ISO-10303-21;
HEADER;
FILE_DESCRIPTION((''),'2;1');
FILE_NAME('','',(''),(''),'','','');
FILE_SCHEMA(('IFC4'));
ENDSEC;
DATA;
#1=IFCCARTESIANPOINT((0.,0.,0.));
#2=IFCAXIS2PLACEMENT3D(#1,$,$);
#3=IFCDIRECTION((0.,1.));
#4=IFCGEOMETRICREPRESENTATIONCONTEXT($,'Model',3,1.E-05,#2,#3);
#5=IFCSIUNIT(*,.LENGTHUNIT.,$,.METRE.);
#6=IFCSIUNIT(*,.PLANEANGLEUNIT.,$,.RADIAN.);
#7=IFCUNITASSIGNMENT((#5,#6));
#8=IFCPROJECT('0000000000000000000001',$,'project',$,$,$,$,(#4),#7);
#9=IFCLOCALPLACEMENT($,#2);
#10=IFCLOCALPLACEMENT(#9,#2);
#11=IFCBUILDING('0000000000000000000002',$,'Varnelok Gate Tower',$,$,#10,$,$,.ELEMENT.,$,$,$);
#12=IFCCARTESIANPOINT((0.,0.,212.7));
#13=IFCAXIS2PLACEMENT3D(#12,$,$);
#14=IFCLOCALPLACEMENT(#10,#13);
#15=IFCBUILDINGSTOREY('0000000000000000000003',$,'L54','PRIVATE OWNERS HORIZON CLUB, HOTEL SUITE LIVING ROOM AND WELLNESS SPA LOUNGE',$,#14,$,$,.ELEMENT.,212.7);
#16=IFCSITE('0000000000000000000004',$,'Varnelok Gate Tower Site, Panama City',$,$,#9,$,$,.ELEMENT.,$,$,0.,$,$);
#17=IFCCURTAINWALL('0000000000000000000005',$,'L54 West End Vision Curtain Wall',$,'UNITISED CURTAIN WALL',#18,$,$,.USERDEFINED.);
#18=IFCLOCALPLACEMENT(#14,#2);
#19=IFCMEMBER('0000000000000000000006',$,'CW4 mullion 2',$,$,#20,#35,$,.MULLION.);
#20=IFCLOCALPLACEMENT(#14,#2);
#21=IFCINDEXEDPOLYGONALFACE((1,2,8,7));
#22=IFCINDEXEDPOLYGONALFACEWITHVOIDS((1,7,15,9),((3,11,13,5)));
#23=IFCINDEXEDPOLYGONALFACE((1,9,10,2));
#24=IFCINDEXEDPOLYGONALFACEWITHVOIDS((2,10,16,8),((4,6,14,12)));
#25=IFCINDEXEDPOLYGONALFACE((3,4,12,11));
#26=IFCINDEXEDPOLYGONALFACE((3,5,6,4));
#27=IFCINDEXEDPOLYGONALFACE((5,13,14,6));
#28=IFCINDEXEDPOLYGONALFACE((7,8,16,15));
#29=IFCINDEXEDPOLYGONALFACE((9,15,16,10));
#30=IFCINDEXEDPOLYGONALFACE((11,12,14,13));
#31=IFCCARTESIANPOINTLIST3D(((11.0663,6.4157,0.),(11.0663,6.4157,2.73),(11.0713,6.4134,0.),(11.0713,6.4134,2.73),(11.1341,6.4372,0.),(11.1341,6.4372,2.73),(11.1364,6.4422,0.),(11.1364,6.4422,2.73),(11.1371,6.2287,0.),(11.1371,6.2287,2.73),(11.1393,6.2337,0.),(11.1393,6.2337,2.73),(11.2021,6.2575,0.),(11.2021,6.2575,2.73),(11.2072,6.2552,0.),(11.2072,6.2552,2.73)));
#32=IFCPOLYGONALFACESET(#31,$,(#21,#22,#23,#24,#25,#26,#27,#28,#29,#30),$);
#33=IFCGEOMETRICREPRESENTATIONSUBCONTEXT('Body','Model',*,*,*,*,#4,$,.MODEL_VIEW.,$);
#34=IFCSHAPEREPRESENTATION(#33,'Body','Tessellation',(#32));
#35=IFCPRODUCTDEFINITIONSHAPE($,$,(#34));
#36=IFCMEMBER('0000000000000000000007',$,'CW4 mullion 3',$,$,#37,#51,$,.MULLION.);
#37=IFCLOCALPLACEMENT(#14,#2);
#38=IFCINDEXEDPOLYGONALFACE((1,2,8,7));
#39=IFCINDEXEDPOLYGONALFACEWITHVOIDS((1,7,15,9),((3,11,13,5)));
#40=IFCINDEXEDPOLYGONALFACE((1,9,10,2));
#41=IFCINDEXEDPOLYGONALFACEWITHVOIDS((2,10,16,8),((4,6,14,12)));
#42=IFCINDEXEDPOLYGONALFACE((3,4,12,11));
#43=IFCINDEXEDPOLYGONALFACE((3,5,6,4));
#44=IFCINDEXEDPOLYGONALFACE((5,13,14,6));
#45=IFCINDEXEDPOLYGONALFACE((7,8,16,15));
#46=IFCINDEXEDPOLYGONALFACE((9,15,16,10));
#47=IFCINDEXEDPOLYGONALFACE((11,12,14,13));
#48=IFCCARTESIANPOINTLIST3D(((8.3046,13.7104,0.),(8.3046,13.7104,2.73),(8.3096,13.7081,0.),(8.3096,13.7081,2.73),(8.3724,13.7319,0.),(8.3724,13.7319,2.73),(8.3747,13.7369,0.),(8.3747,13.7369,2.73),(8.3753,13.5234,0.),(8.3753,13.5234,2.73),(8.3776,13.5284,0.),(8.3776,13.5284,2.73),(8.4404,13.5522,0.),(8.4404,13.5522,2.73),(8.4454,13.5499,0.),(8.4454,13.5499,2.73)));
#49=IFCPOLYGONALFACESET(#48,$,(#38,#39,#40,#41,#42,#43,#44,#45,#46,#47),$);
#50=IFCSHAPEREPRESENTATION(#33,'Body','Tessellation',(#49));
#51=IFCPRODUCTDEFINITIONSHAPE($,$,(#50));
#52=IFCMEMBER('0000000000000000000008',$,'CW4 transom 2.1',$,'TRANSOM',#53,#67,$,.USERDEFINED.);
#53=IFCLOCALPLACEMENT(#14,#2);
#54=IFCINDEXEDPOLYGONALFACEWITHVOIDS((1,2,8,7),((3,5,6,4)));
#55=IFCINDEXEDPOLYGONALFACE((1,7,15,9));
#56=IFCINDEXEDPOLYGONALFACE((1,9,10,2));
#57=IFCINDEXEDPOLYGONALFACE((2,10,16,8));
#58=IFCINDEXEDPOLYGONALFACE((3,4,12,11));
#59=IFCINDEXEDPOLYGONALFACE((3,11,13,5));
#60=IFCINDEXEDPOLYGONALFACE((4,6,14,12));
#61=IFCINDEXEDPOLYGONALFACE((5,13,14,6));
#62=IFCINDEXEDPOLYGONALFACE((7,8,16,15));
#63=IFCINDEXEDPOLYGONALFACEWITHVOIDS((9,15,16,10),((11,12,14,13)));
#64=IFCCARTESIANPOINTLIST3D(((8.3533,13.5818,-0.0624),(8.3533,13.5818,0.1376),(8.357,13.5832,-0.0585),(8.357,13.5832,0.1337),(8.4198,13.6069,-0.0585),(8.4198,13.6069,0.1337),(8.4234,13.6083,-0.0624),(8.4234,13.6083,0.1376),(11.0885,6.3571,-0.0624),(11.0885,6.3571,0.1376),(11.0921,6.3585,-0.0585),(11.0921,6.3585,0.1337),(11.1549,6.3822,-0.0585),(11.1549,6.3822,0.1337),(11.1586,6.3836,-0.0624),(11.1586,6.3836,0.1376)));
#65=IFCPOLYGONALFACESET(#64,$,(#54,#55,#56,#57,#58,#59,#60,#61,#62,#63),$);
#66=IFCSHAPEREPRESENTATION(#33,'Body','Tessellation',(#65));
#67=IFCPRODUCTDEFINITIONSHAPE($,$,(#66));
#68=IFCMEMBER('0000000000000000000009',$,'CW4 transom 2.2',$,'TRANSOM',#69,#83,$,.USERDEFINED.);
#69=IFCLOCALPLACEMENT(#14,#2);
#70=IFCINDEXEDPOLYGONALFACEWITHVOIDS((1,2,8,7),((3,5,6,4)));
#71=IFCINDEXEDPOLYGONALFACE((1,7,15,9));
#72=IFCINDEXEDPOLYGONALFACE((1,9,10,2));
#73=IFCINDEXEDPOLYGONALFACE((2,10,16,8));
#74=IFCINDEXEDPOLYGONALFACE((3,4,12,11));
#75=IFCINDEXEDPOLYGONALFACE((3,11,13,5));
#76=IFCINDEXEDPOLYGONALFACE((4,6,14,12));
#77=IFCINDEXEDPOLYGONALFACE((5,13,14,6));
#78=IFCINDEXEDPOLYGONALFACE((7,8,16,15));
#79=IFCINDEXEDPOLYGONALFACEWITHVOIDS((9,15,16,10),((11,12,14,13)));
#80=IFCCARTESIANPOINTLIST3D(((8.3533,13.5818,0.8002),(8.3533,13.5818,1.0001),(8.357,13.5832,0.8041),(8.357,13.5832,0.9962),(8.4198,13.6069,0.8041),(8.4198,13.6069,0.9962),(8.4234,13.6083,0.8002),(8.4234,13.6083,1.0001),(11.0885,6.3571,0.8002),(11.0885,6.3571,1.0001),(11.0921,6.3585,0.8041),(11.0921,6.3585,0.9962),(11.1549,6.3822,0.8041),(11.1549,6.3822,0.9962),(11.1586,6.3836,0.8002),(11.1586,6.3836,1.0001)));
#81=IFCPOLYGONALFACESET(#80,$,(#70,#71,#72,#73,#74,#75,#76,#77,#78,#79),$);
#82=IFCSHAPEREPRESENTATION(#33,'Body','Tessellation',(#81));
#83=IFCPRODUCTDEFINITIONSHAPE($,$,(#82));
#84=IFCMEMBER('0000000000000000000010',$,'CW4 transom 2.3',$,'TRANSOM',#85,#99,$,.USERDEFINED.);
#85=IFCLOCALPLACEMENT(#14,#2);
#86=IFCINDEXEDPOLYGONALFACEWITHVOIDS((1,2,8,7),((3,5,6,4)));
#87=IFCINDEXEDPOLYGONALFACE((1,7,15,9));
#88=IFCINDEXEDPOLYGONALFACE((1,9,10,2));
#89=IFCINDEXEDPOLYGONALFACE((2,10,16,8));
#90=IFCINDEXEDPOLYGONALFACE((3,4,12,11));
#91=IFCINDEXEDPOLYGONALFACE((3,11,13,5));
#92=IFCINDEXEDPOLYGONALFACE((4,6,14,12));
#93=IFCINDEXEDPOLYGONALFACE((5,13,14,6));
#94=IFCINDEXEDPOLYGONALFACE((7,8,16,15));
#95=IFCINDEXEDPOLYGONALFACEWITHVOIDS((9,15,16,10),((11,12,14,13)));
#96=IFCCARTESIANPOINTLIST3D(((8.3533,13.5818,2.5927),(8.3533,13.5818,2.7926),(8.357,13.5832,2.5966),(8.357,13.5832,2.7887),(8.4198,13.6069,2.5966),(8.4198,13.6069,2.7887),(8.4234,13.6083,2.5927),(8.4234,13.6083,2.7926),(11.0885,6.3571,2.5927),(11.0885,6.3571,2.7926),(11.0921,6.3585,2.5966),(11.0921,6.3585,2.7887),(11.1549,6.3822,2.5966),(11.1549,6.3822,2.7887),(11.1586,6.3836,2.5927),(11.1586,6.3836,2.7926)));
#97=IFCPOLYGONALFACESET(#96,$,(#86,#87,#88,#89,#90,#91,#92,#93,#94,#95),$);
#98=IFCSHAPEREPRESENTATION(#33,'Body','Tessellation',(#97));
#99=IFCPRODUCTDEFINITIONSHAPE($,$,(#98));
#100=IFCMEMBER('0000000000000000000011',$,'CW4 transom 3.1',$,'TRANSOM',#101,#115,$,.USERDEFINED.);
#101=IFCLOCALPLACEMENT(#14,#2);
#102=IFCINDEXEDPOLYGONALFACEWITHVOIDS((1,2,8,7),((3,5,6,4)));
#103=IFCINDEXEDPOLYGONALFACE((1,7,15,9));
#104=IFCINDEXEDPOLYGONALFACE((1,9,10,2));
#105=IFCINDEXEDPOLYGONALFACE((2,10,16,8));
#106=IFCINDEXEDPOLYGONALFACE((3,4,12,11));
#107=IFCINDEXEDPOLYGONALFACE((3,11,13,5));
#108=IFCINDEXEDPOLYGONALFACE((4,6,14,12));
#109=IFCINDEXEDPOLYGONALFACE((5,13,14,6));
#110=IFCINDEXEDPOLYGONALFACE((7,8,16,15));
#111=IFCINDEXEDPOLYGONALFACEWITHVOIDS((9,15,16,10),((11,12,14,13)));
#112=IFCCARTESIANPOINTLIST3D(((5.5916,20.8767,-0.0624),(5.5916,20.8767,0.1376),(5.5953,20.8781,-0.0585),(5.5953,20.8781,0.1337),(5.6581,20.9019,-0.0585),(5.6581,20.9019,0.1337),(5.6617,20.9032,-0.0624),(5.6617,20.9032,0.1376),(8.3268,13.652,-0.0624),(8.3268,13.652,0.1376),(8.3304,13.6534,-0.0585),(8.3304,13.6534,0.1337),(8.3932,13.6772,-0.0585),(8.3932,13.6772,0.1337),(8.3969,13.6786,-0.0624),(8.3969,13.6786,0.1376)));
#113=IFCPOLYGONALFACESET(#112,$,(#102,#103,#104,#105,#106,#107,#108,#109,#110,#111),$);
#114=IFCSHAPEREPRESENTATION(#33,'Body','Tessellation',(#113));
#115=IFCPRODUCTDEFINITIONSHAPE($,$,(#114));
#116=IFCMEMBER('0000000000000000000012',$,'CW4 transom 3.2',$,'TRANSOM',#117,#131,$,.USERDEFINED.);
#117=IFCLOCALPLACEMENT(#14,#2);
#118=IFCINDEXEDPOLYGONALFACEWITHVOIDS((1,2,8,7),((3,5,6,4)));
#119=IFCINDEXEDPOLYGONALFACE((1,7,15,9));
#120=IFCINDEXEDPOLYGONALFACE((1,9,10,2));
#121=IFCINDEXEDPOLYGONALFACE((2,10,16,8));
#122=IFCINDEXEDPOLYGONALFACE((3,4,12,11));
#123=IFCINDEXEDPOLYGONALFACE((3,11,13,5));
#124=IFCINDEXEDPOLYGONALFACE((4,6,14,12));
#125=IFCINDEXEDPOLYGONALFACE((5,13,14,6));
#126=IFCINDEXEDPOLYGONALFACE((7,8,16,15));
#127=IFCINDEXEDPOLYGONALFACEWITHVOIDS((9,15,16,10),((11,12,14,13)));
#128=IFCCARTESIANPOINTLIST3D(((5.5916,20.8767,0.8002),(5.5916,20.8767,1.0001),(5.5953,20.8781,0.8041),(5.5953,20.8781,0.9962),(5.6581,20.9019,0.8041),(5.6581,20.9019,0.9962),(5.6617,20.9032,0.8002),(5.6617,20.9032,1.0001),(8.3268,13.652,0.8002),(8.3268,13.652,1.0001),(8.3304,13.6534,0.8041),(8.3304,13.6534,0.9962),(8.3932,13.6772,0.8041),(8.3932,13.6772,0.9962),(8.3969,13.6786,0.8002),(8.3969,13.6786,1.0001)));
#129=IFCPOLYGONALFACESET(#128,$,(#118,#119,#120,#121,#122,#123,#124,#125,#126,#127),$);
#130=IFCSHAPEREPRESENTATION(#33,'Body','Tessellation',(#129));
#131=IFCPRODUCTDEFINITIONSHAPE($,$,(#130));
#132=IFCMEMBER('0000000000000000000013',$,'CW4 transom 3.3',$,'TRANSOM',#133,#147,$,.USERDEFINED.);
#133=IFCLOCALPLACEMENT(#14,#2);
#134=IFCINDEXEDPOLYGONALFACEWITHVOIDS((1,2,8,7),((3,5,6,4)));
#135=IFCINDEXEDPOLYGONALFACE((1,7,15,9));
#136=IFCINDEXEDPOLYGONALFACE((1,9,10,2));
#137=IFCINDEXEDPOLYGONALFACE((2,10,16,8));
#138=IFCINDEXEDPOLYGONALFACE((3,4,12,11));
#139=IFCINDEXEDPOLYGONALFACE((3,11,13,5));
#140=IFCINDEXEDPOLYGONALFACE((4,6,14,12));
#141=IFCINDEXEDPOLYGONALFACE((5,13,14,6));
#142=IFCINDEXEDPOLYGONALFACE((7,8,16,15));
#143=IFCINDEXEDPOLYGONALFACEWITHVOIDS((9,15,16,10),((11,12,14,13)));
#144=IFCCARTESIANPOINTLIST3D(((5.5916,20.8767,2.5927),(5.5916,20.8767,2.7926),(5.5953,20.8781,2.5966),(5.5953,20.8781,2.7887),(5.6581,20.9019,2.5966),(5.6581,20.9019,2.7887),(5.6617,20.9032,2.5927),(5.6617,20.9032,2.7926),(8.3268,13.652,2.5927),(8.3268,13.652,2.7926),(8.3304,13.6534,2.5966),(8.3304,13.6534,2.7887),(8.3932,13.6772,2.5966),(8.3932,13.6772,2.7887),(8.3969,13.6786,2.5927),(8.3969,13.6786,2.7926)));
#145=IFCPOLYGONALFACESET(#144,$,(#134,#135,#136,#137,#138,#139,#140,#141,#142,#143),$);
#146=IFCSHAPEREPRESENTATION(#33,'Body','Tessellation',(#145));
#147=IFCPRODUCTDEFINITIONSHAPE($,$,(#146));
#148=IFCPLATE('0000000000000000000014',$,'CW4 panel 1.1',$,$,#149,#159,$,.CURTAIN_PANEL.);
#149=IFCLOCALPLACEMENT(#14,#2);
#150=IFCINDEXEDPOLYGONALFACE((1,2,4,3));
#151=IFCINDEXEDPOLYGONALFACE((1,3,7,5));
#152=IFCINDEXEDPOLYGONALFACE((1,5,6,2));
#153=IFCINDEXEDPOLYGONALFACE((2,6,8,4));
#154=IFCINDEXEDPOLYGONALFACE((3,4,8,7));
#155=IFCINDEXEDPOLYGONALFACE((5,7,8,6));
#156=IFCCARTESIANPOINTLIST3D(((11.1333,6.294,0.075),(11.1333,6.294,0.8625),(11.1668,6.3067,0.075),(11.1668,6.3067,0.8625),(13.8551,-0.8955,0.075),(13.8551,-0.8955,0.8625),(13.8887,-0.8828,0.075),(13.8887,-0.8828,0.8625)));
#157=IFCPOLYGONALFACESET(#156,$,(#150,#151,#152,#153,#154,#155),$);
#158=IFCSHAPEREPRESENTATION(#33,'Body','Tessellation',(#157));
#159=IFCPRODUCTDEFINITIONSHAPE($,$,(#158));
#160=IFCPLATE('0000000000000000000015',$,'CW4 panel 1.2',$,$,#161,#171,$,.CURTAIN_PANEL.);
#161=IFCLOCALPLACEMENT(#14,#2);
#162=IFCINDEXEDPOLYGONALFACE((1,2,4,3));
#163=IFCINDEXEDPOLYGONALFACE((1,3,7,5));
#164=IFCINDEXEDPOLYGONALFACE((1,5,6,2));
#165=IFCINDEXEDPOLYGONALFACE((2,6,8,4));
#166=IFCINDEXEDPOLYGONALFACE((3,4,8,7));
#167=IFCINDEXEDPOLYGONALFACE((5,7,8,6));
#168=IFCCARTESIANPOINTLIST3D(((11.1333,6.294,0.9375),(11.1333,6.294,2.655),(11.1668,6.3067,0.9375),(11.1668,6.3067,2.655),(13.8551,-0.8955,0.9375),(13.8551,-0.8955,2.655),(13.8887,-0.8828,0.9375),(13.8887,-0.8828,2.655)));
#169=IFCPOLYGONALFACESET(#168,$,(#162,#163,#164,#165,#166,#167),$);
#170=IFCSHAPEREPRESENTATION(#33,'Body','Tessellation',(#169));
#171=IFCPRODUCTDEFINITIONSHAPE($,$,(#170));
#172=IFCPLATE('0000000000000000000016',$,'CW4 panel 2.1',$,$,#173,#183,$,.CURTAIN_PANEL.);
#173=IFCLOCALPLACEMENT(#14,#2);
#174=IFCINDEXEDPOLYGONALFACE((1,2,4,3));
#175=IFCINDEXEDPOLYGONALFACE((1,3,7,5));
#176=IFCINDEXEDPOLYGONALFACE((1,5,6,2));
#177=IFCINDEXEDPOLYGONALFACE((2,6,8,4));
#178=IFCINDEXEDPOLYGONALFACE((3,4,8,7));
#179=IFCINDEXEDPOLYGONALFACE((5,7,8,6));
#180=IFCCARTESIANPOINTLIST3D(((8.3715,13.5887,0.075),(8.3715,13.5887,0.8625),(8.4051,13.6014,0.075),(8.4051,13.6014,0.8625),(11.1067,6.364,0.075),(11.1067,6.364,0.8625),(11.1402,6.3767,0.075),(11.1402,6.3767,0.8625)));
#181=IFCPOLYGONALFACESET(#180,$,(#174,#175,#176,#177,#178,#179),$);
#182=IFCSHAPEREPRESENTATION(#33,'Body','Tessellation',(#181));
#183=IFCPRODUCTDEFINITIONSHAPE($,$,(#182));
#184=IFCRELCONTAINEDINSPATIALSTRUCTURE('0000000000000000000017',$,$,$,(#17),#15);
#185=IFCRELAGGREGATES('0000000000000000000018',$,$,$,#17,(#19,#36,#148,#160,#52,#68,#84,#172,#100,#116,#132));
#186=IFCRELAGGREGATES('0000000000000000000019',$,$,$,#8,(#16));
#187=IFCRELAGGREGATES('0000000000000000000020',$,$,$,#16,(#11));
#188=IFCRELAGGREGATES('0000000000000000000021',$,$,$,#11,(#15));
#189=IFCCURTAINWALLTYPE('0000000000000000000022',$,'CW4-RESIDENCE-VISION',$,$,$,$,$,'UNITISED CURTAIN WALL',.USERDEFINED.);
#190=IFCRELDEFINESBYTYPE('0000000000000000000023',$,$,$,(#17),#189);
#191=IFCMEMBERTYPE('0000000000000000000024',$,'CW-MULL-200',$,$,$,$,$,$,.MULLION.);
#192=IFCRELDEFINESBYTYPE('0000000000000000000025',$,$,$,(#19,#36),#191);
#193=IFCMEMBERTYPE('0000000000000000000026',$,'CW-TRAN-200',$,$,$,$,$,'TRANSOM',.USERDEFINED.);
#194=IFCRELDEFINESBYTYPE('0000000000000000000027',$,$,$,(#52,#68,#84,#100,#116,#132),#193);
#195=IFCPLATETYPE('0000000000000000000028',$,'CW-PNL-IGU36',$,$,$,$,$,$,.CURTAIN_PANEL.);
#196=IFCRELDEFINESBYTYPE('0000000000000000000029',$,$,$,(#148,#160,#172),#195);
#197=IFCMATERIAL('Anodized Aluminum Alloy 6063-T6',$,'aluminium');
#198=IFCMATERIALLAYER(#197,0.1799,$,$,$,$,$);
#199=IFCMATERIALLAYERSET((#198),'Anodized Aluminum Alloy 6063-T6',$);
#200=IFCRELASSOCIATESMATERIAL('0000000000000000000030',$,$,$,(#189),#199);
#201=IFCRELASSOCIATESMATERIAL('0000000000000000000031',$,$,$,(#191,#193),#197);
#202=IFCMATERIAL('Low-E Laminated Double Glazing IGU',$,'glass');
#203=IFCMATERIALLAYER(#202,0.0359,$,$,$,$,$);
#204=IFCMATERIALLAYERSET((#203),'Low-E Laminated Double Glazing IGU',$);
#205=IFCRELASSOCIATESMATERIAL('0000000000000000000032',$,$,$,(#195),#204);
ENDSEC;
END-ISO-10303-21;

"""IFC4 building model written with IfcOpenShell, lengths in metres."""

from ifc_helpers import new_model, si_unit, direction, frame, origin, origin_2d, place, context, subcontext, project, spatial, rectangle, hollow_rectangle, extrude, source, transform, mapped, material, layer, layer_set, material_profile, profile_set, type_object, element, aggregate, save


model = new_model("IFC4")

# Units and contexts
model_context = context("Model", 3, precision=1e-05, world=origin(), true_north=direction((0.0, 1.0)))
body_context = subcontext(model_context, "Body", "Model", "MODEL_VIEW")
ifc_project = project(units=[si_unit("LENGTHUNIT", "METRE"), si_unit("PLANEANGLEUNIT", "RADIAN")], contexts=[model_context])

# Site, building, storey
site_placement = place(None, origin())
site = spatial("IfcSite", under=ifc_project, at=site_placement, Name="Varnelok Gate Tower Site, Panama City", CompositionType="ELEMENT", RefElevation=0.0)
building_placement = place(site_placement, origin())
building = spatial("IfcBuilding", under=site, at=building_placement, Name="Varnelok Gate Tower", CompositionType="ELEMENT")
storey_placement = place(building_placement, frame((0.0, 0.0, 212.7)))
storey = spatial("IfcBuildingStorey", under=building, at=storey_placement, Name="L54", Description="PRIVATE OWNERS HORIZON CLUB, HOTEL SUITE LIVING ROOM AND WELLNESS SPA LOUNGE", CompositionType="ELEMENT", Elevation=212.7)

# Curtain wall, members, plates
ifc_material_1 = material(Name="Anodized Aluminum Alloy 6063-T6", Category="aluminium")
ifc_layer_1 = layer(ifc_material_1, 0.1799)
ifc_layer_set_1 = layer_set([ifc_layer_1], Name="Anodized Aluminum Alloy 6063-T6")
curtain_wall_type = type_object("IfcCurtainWallType", Name="CW4-RESIDENCE-VISION", ElementType="UNITISED CURTAIN WALL", PredefinedType="USERDEFINED", material=ifc_layer_set_1)
curtain_wall_placement = place(storey_placement, origin())
curtain_wall = element("IfcCurtainWall", 1, at=curtain_wall_placement, inside=storey, type_object=curtain_wall_type, Name="L54 West End Vision Curtain Wall", ObjectType="UNITISED CURTAIN WALL", PredefinedType="USERDEFINED")
ifc_material_profile_1 = material_profile(ifc_material_1, hollow_rectangle(XDim=0.075, YDim=0.2, WallThickness=0.0039, at=origin_2d()), Name="ALU200X75X4")
ifc_profile_set_1 = profile_set([ifc_material_profile_1], Name="Anodized Aluminum Alloy 6063-T6")
member_type_1 = type_object("IfcMemberType", Name="CW-MULL-200", PredefinedType="MULLION", material=ifc_profile_set_1)
member_1_placement = place(storey_placement, frame((11.1367, 6.3354, 0.0), z_axis=(0.0, 0.0, 1.0), x_axis=(-0.935222, -0.354063, 0.0)))
member_1 = element("IfcMember", 2, at=member_1_placement, type_object=member_type_1, Name="CW4 mullion 2", PredefinedType="MULLION", context=body_context, shape_type="SweptSolid", body=[
    extrude(hollow_rectangle(XDim=0.075, YDim=0.2, WallThickness=0.0039, at=origin_2d()), origin(), (0.0, 0.0, 1.0), 2.73),
])
member_2_placement = place(storey_placement, frame((8.375, 13.6301, 0.0), z_axis=(0.0, 0.0, 1.0), x_axis=(-0.935222, -0.354063, 0.0)))
member_2 = element("IfcMember", 3, at=member_2_placement, type_object=member_type_1, Name="CW4 mullion 3", PredefinedType="MULLION", context=body_context, shape_type="SweptSolid", body=[
    extrude(hollow_rectangle(XDim=0.075, YDim=0.2, WallThickness=0.0039, at=origin_2d()), origin(), (0.0, 0.0, 1.0), 2.73),
])
ifc_material_profile_2 = material_profile(ifc_material_1, hollow_rectangle(XDim=0.075, YDim=0.2, WallThickness=0.0039, at=origin_2d()), Name="ALU200X75X4")
ifc_profile_set_2 = profile_set([ifc_material_profile_2], Name="Anodized Aluminum Alloy 6063-T6")
member_type_2 = type_object("IfcMemberType", Name="CW-TRAN-200", ElementType="TRANSOM", PredefinedType="USERDEFINED", material=ifc_profile_set_2)
member_3_placement = place(storey_placement, frame((11.1235, 6.3704, 0.0376), z_axis=(-0.354059, 0.935223, 0.0), x_axis=(-0.935223, -0.354059, 0.0)))
member_3 = element("IfcMember", 4, at=member_3_placement, type_object=member_type_2, Name="CW4 transom 2.1", ObjectType="TRANSOM", PredefinedType="USERDEFINED", context=body_context, shape_type="SweptSolid", body=[
    extrude(hollow_rectangle(XDim=0.075, YDim=0.2, WallThickness=0.0039, at=origin_2d()), origin(), (0.0, 0.0, 1.0), 7.7251),
])
member_4_placement = place(storey_placement, frame((11.1235, 6.3704, 0.9001), z_axis=(-0.354059, 0.935223, 0.0), x_axis=(-0.935223, -0.354059, 0.0)))
member_4 = element("IfcMember", 5, at=member_4_placement, type_object=member_type_2, Name="CW4 transom 2.2", ObjectType="TRANSOM", PredefinedType="USERDEFINED", context=body_context, shape_type="SweptSolid", body=[
    extrude(hollow_rectangle(XDim=0.075, YDim=0.2, WallThickness=0.0039, at=origin_2d()), origin(), (0.0, 0.0, 1.0), 7.7251),
])
member_5_placement = place(storey_placement, frame((11.1235, 6.3704, 2.6926), z_axis=(-0.354059, 0.935223, 0.0), x_axis=(-0.935223, -0.354059, 0.0)))
member_5 = element("IfcMember", 6, at=member_5_placement, type_object=member_type_2, Name="CW4 transom 2.3", ObjectType="TRANSOM", PredefinedType="USERDEFINED", context=body_context, shape_type="SweptSolid", body=[
    extrude(hollow_rectangle(XDim=0.075, YDim=0.2, WallThickness=0.0039, at=origin_2d()), origin(), (0.0, 0.0, 1.0), 7.7251),
])
member_6_placement = place(storey_placement, frame((8.3618, 13.6653, 0.0376), z_axis=(-0.354059, 0.935223, 0.0), x_axis=(-0.935223, -0.354059, 0.0)))
member_6 = element("IfcMember", 7, at=member_6_placement, type_object=member_type_2, Name="CW4 transom 3.1", ObjectType="TRANSOM", PredefinedType="USERDEFINED", context=body_context, shape_type="SweptSolid", body=[
    extrude(hollow_rectangle(XDim=0.075, YDim=0.2, WallThickness=0.0039, at=origin_2d()), origin(), (0.0, 0.0, 1.0), 7.7251),
])
member_7_placement = place(storey_placement, frame((8.3618, 13.6653, 0.9001), z_axis=(-0.354059, 0.935223, 0.0), x_axis=(-0.935223, -0.354059, 0.0)))
member_7 = element("IfcMember", 8, at=member_7_placement, type_object=member_type_2, Name="CW4 transom 3.2", ObjectType="TRANSOM", PredefinedType="USERDEFINED", context=body_context, shape_type="SweptSolid", body=[
    extrude(hollow_rectangle(XDim=0.075, YDim=0.2, WallThickness=0.0039, at=origin_2d()), origin(), (0.0, 0.0, 1.0), 7.7251),
])
member_8_placement = place(storey_placement, frame((8.3618, 13.6653, 2.6926), z_axis=(-0.354059, 0.935223, 0.0), x_axis=(-0.935223, -0.354059, 0.0)))
member_8 = element("IfcMember", 9, at=member_8_placement, type_object=member_type_2, Name="CW4 transom 3.3", ObjectType="TRANSOM", PredefinedType="USERDEFINED", context=body_context, shape_type="SweptSolid", body=[
    extrude(hollow_rectangle(XDim=0.075, YDim=0.2, WallThickness=0.0039, at=origin_2d()), origin(), (0.0, 0.0, 1.0), 7.7251),
])
ifc_material_2 = material(Name="Low-E Laminated Double Glazing IGU", Category="glass")
ifc_layer_2 = layer(ifc_material_2, 0.0359)
ifc_layer_set_2 = layer_set([ifc_layer_2], Name="Low-E Laminated Double Glazing IGU")
plate_type = type_object("IfcPlateType", Name="CW-PNL-IGU36", PredefinedType="CURTAIN_PANEL", material=ifc_layer_set_2)
shared_shape_1 = source(origin(), body_context, "Body", "SweptSolid", [
    extrude(rectangle(XDim=7.6875, YDim=0.0359, at=origin_2d()), origin(), (0.0, 0.0, 1.0), 0.7876),
])
plate_1_placement = place(storey_placement, frame((12.511, 2.7056, 0.075), z_axis=(0.0, 0.0, 1.0), x_axis=(-0.354063, 0.935222, 0.0)))
plate_1 = element("IfcPlate", 10, at=plate_1_placement, type_object=plate_type, Name="CW4 panel 1.1", PredefinedType="CURTAIN_PANEL", context=body_context, shape_type="MappedRepresentation", body=[
    mapped(shared_shape_1, transform((0.0, 0.0, 0.0), scale=1.0)),
])
shared_shape_2 = source(origin(), body_context, "Body", "SweptSolid", [
    extrude(rectangle(XDim=7.6875, YDim=0.0359, at=origin_2d()), origin(), (0.0, 0.0, 1.0), 1.7175),
])
plate_2_placement = place(storey_placement, frame((12.511, 2.7056, 0.9375), z_axis=(0.0, 0.0, 1.0), x_axis=(-0.354063, 0.935222, 0.0)))
plate_2 = element("IfcPlate", 11, at=plate_2_placement, type_object=plate_type, Name="CW4 panel 1.2", PredefinedType="CURTAIN_PANEL", context=body_context, shape_type="MappedRepresentation", body=[
    mapped(shared_shape_2, transform((0.0, 0.0, 0.0), scale=1.0)),
])
shared_shape_3 = source(origin(), body_context, "Body", "SweptSolid", [
    extrude(rectangle(XDim=7.7251, YDim=0.0359, at=origin_2d()), origin(), (0.0, 0.0, 1.0), 0.7876),
])
plate_3_placement = place(storey_placement, frame((9.7559, 9.9827, 0.075), z_axis=(0.0, 0.0, 1.0), x_axis=(-0.354063, 0.935222, 0.0)))
plate_3 = element("IfcPlate", 12, at=plate_3_placement, type_object=plate_type, Name="CW4 panel 2.1", PredefinedType="CURTAIN_PANEL", context=body_context, shape_type="MappedRepresentation", body=[
    mapped(shared_shape_3, transform((0.0, 0.0, 0.0), scale=1.0)),
])
aggregate(curtain_wall, [member_1, member_2, plate_1, plate_2, member_3, member_4, member_5, plate_3, member_6, member_7, member_8])

save(model, "model.ifc")
